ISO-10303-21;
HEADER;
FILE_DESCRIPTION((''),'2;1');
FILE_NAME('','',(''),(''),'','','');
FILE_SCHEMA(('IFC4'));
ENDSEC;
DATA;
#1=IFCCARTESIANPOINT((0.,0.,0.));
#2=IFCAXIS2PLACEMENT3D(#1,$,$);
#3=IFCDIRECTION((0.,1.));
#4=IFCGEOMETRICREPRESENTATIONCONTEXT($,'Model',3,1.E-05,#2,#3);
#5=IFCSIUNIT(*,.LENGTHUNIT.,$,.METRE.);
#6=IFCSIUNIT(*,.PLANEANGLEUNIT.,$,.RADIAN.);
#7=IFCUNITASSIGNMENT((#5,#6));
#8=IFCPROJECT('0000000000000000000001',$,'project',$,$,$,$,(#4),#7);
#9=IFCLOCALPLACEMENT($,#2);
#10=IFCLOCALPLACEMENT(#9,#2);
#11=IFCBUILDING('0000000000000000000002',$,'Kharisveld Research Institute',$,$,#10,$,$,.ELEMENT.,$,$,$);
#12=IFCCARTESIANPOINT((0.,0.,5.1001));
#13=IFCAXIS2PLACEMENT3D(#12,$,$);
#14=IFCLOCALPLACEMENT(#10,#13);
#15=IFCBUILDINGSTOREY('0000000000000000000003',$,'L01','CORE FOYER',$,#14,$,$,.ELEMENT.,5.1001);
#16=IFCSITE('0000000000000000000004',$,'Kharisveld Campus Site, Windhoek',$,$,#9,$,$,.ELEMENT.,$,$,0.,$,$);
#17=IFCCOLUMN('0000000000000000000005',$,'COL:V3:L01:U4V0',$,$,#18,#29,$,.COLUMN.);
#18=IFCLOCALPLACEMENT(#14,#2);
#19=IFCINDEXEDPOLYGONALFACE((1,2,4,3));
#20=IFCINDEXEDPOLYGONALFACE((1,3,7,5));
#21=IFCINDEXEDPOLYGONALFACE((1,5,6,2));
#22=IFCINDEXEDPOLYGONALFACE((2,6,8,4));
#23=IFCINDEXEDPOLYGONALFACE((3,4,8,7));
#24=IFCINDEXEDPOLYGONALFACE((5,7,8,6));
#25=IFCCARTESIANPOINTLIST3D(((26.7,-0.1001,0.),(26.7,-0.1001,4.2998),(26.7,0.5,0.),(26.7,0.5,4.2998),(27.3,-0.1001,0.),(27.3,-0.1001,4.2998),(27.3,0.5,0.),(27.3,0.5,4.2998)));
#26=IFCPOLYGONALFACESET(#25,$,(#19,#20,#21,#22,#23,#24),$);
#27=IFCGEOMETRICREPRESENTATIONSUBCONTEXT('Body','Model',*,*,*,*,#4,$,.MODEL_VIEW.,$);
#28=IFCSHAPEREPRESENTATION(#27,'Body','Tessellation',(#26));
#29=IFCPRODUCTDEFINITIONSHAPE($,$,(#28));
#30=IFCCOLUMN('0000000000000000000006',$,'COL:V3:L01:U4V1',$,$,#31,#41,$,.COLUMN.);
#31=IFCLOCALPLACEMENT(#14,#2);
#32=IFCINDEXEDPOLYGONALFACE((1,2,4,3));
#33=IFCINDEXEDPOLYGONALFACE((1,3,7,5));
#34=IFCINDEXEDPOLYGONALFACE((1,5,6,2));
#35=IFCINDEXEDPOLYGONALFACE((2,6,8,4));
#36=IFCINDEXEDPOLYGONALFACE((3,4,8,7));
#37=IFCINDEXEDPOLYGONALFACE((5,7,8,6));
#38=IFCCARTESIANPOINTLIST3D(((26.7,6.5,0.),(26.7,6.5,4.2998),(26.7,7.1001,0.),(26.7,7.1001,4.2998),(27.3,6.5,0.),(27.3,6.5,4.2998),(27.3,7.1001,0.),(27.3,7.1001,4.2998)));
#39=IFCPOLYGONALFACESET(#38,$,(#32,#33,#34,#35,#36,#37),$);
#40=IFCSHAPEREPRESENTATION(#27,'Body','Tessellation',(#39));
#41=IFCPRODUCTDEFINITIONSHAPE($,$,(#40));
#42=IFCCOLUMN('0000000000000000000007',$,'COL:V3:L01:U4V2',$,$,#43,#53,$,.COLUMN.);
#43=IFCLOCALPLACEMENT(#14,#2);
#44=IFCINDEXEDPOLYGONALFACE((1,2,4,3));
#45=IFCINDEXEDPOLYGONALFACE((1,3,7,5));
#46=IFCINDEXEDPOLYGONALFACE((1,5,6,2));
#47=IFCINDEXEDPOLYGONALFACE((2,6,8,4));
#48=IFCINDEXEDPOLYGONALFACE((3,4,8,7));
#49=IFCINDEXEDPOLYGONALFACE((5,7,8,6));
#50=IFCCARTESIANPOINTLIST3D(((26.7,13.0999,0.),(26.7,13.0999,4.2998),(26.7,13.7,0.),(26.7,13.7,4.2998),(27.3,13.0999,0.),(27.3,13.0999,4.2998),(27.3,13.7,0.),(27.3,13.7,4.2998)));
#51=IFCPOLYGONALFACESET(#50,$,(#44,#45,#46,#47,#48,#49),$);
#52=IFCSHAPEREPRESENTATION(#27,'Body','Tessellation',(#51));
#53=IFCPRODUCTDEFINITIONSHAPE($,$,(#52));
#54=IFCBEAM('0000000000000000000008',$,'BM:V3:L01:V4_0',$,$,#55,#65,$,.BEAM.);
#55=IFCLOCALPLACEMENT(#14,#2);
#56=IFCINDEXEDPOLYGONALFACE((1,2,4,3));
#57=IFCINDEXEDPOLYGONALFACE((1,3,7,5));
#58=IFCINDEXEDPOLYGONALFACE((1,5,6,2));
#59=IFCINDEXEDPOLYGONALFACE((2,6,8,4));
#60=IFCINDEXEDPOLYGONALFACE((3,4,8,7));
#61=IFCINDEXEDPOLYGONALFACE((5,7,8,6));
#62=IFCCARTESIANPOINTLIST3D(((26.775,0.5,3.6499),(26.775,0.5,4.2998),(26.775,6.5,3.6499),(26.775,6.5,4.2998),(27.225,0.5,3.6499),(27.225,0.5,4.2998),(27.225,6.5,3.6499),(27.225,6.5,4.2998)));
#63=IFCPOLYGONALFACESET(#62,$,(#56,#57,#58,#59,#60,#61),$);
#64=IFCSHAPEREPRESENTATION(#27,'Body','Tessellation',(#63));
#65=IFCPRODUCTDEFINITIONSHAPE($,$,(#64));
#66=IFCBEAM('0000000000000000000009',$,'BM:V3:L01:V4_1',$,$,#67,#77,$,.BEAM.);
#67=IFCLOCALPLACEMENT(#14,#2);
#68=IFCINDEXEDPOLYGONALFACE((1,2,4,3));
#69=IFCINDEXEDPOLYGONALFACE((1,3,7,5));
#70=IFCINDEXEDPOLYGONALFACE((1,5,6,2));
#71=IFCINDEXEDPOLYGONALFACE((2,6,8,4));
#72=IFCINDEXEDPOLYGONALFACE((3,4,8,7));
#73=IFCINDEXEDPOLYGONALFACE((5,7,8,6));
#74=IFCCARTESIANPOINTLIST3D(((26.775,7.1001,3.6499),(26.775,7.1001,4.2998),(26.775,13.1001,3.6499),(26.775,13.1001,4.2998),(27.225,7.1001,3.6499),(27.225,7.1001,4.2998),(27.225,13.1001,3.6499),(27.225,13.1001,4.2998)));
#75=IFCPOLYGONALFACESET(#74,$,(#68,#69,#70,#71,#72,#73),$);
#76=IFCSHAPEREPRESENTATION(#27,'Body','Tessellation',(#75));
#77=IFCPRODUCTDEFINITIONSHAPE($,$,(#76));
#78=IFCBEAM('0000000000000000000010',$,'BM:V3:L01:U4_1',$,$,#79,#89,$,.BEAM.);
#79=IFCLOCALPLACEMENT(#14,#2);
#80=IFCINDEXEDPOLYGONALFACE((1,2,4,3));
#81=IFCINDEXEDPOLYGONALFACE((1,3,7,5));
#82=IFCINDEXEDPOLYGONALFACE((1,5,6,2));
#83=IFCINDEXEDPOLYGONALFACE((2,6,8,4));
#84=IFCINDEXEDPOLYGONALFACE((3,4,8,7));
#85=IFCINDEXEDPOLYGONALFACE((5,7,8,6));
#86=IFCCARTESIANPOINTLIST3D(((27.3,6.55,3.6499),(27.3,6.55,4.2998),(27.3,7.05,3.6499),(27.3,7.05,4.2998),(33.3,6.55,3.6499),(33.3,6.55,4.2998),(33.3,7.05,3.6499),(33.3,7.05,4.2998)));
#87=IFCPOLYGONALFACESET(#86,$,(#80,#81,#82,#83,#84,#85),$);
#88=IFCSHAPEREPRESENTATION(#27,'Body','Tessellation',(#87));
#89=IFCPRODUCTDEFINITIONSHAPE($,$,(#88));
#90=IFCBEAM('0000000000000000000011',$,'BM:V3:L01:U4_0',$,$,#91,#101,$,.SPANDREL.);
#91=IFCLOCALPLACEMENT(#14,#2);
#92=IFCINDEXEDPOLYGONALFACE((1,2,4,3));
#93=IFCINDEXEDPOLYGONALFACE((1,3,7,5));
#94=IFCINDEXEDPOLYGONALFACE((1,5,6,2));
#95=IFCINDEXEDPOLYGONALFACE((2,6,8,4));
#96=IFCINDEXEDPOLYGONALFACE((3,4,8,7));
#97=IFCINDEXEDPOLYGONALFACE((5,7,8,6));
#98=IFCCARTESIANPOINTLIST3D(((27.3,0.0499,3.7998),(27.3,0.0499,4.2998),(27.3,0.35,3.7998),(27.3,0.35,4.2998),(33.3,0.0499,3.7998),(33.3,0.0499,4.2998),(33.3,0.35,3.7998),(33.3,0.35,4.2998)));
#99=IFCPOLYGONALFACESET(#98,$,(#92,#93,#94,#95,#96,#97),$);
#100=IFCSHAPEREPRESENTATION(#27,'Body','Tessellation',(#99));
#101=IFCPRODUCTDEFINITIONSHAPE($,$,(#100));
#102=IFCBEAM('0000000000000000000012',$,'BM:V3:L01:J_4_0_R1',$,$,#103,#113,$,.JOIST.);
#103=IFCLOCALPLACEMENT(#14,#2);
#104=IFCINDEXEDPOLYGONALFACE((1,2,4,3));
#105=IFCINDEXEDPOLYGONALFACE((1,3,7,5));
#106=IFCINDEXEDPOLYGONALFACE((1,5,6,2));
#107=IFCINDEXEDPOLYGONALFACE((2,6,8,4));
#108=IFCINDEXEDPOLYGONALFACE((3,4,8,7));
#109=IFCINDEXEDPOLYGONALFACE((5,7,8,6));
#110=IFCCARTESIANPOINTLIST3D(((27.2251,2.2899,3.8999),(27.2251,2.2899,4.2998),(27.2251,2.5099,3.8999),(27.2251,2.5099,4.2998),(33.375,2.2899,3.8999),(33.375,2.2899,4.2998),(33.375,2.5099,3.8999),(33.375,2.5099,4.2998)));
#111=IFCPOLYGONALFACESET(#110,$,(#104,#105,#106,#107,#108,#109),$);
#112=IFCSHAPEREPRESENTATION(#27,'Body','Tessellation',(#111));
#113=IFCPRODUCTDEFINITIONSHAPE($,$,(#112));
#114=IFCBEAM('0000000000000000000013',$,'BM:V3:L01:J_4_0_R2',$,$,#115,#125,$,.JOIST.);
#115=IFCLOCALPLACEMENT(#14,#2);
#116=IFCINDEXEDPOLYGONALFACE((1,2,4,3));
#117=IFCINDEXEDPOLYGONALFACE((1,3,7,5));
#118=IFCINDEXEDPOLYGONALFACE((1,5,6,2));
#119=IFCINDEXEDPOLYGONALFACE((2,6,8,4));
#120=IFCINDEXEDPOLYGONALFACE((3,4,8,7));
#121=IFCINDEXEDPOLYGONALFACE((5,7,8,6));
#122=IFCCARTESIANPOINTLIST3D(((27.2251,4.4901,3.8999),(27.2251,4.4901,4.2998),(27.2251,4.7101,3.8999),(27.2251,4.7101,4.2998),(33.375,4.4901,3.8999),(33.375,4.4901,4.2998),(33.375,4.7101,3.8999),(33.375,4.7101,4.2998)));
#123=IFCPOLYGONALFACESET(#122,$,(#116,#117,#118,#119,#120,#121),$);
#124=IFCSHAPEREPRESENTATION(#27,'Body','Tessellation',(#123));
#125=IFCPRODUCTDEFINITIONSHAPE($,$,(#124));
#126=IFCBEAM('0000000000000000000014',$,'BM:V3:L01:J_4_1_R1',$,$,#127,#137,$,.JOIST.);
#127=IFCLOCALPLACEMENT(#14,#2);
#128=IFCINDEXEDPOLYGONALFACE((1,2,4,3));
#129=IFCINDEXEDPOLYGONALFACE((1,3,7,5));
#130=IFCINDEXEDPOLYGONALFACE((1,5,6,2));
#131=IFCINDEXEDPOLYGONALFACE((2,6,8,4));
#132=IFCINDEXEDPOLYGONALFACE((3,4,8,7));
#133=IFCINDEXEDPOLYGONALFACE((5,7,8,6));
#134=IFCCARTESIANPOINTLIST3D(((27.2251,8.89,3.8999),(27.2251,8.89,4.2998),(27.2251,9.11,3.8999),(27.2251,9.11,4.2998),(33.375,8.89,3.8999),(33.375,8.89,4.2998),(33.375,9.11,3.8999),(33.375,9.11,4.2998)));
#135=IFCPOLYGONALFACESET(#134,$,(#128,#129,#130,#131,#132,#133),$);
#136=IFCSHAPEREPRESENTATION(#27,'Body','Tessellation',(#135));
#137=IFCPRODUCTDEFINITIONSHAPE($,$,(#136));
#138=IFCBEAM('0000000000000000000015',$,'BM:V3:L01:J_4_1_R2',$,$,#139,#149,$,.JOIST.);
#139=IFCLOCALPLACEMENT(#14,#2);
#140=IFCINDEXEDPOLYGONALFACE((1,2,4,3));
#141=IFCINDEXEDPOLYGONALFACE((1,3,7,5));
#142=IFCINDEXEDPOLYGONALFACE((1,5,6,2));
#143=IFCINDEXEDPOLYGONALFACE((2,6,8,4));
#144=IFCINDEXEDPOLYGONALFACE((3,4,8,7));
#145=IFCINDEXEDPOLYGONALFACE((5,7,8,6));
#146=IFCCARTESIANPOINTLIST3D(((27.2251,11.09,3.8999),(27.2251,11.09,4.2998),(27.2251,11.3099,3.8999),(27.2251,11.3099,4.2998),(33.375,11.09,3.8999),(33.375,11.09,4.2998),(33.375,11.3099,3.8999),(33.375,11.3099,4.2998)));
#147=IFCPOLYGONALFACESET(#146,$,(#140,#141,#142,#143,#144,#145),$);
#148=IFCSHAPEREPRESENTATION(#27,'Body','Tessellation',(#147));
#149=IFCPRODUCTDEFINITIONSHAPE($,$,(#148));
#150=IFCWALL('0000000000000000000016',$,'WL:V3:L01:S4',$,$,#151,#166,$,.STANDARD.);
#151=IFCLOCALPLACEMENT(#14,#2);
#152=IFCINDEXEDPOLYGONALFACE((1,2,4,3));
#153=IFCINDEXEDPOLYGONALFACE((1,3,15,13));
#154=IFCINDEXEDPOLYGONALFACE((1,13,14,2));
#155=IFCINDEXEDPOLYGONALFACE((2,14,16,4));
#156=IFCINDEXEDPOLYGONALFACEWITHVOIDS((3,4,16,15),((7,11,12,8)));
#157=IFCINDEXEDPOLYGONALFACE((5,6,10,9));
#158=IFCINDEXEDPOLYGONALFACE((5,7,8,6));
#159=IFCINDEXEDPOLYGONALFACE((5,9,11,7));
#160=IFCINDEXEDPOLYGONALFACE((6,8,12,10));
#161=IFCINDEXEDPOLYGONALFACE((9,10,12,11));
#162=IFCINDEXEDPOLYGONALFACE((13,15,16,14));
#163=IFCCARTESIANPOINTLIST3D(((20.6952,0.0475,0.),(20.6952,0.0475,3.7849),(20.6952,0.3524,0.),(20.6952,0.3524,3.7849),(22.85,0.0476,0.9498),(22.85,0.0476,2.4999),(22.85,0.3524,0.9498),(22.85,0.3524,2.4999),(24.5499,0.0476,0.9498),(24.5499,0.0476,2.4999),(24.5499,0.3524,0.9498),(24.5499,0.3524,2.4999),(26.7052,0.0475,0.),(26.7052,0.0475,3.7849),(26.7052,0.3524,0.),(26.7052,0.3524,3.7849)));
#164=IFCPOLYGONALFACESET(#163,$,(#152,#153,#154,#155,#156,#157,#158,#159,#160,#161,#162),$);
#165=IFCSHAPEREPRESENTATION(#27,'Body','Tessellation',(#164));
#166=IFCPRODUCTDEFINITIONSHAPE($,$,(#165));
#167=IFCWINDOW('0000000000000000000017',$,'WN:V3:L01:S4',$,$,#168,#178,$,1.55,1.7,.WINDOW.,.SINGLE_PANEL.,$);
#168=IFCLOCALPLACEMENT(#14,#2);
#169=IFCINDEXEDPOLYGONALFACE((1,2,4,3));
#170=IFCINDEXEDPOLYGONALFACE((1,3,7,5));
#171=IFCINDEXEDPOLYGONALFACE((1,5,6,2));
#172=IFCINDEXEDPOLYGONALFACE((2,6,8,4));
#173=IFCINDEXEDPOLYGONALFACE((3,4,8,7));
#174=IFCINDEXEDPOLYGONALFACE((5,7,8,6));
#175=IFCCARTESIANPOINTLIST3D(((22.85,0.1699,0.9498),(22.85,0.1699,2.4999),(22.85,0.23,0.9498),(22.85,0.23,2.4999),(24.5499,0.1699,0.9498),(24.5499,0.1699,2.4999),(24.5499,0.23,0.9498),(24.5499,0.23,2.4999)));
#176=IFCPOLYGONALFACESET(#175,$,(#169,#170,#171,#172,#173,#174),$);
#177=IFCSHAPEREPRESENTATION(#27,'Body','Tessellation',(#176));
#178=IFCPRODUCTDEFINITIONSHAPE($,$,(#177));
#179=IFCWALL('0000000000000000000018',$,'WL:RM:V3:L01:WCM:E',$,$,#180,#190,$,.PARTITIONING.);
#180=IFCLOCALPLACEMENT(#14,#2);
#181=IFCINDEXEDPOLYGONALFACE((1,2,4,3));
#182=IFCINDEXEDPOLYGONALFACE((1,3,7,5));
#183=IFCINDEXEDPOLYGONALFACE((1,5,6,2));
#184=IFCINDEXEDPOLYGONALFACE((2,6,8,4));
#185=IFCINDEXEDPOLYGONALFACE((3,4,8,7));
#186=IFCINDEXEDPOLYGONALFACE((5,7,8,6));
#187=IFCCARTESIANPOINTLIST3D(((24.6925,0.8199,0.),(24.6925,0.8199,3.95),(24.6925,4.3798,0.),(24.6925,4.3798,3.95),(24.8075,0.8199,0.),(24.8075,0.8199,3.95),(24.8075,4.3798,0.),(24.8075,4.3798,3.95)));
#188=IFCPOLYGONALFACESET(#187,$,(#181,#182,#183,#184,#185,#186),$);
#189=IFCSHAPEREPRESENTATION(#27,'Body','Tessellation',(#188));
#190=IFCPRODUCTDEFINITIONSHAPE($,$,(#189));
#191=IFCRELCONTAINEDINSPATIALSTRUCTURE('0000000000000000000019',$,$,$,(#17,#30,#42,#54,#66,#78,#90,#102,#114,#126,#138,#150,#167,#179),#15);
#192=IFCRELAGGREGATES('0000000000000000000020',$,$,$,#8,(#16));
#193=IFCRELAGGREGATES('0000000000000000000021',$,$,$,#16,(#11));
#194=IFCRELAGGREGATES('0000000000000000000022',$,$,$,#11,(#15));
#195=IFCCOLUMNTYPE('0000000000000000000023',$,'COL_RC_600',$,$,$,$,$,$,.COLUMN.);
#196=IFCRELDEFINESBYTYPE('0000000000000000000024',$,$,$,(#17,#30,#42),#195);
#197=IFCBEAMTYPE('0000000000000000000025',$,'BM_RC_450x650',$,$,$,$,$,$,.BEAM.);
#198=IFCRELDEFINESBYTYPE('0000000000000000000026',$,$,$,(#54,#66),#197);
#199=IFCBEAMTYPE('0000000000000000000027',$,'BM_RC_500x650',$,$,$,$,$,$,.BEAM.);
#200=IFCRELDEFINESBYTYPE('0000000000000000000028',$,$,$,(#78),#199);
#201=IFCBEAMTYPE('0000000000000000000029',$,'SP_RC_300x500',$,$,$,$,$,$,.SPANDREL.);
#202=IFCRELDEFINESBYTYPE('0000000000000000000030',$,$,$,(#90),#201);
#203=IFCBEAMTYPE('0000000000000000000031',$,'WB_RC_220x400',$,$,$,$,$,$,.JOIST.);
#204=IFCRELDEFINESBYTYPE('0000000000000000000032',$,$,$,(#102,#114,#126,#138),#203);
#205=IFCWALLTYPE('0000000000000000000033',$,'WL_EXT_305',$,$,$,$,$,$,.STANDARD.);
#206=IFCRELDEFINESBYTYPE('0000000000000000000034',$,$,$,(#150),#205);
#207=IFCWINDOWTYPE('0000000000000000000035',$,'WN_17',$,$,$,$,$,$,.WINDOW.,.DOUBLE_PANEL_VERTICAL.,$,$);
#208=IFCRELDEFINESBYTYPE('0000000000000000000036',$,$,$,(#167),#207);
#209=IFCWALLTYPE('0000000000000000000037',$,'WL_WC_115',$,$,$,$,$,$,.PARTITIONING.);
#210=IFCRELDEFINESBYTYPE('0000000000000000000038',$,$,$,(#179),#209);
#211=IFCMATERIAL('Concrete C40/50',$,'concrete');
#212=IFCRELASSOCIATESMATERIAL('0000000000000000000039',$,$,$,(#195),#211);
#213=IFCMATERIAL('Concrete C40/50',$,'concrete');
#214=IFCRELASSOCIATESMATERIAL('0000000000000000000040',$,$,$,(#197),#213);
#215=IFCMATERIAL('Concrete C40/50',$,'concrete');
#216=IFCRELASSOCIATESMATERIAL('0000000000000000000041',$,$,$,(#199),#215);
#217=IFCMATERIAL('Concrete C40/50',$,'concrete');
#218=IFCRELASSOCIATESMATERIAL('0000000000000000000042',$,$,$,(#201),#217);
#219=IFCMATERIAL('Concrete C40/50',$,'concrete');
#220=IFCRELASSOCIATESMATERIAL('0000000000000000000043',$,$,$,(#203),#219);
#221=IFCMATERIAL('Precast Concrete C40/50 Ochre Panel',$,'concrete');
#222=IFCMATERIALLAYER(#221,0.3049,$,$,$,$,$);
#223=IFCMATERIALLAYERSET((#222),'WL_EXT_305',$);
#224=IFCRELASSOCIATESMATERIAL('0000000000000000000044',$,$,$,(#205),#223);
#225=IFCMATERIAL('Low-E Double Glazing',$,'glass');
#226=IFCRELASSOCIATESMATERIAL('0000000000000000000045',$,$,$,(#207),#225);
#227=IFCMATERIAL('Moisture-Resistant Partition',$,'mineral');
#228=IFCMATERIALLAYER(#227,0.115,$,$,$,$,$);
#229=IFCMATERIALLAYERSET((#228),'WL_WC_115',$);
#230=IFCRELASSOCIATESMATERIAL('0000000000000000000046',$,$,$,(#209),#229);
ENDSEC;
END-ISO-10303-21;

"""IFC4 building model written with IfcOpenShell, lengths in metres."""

from ifc_helpers import new_model, si_unit, direction, frame, frame_2d, origin, origin_2d, place, context, subcontext, project, spatial, rectangle, extrude, material, layer, layer_set, material_profile, profile_set, type_object, element, fill, save


model = new_model("IFC4")

# Units and contexts
model_context = context("Model", 3, precision=1e-05, world=origin(), true_north=direction((0.0, 1.0)))
body_context = subcontext(model_context, "Body", "Model", "MODEL_VIEW")
ifc_project = project(units=[si_unit("LENGTHUNIT", "METRE"), si_unit("PLANEANGLEUNIT", "RADIAN")], contexts=[model_context])

# Site, building, storey
site_placement = place(None, origin())
site = spatial("IfcSite", under=ifc_project, at=site_placement, Name="Kharisveld Campus Site, Windhoek", CompositionType="ELEMENT", RefElevation=0.0)
building_placement = place(site_placement, origin())
building = spatial("IfcBuilding", under=site, at=building_placement, Name="Kharisveld Research Institute", CompositionType="ELEMENT")
storey_placement = place(building_placement, frame((0.0, 0.0, 5.1001)))
storey = spatial("IfcBuildingStorey", under=building, at=storey_placement, Name="L01", Description="CORE FOYER", CompositionType="ELEMENT", Elevation=5.1001)

# Columns
ifc_material_1 = material(Name="Concrete C40/50", Category="concrete")
ifc_material_profile_1 = material_profile(ifc_material_1, rectangle(XDim=0.6001, YDim=0.6001, at=origin_2d()))
ifc_profile_set_1 = profile_set([ifc_material_profile_1], Name="Concrete C40/50")
column_type = type_object("IfcColumnType", Name="COL_RC_600", PredefinedType="COLUMN", material=ifc_profile_set_1)
for number, where, z_axis, x_axis, name in (
    (1, (27.0, 0.2, 0.0), (0.0, 0.0, 1.0), (1.0, 0.0, 0.0), "COL:V3:L01:U4V0"),
    (2, (27.0, 6.8, 0.0), (0.0, 0.0, 1.0), (1.0, 0.0, 0.0), "COL:V3:L01:U4V1"),
    (3, (27.0, 13.3999, 0.0), (0.0, 0.0, 1.0), (1.0, 0.0, 0.0), "COL:V3:L01:U4V2"),
):
    element("IfcColumn", number, at=place(storey_placement, frame(where, z_axis=z_axis, x_axis=x_axis)), inside=storey, type_object=column_type, Name=name, PredefinedType="COLUMN", context=body_context, shape_type="SweptSolid", body=[
        extrude(rectangle(XDim=0.6001, YDim=0.6001, at=origin_2d()), origin(), (0.0, 0.0, 1.0), 4.2998),
    ])

# Beams
ifc_material_2 = material(Name="Concrete C40/50", Category="concrete")
ifc_material_profile_2 = material_profile(ifc_material_2, rectangle(XDim=0.45, YDim=0.6499, at=origin_2d()))
ifc_profile_set_2 = profile_set([ifc_material_profile_2], Name="Concrete C40/50")
beam_type_1 = type_object("IfcBeamType", Name="BM_RC_450x650", PredefinedType="BEAM", material=ifc_profile_set_2)
for number, where, z_axis, x_axis, name in (
    (4, (27.0, 0.5, 3.9749), (0.0, 1.0, 0.0), (-1.0, 0.0, 0.0), "BM:V3:L01:V4_0"),
    (5, (27.0, 7.1001, 3.9749), (0.0, 1.0, 0.0), (-1.0, 0.0, 0.0), "BM:V3:L01:V4_1"),
):
    element("IfcBeam", number, at=place(storey_placement, frame(where, z_axis=z_axis, x_axis=x_axis)), inside=storey, type_object=beam_type_1, Name=name, PredefinedType="BEAM", context=body_context, shape_type="SweptSolid", body=[
        extrude(rectangle(XDim=0.45, YDim=0.6499, at=origin_2d()), origin(), (0.0, 0.0, 1.0), 6.0),
    ])
ifc_material_3 = material(Name="Concrete C40/50", Category="concrete")
ifc_material_profile_3 = material_profile(ifc_material_3, rectangle(XDim=0.5, YDim=0.6499, at=origin_2d()))
ifc_profile_set_3 = profile_set([ifc_material_profile_3], Name="Concrete C40/50")
beam_type_2 = type_object("IfcBeamType", Name="BM_RC_500x650", PredefinedType="BEAM", material=ifc_profile_set_3)
beam_1_placement = place(storey_placement, frame((27.3, 6.8, 3.9749), z_axis=(1.0, 0.0, 0.0), x_axis=(0.0, 1.0, 0.0)))
element("IfcBeam", 6, at=beam_1_placement, inside=storey, type_object=beam_type_2, Name="BM:V3:L01:U4_1", PredefinedType="BEAM", context=body_context, shape_type="SweptSolid", body=[
    extrude(rectangle(XDim=0.5, YDim=0.6499, at=origin_2d()), origin(), (0.0, 0.0, 1.0), 6.0),
])
ifc_material_4 = material(Name="Concrete C40/50", Category="concrete")
ifc_material_profile_4 = material_profile(ifc_material_4, rectangle(XDim=0.3, YDim=0.5, at=origin_2d()))
ifc_profile_set_4 = profile_set([ifc_material_profile_4], Name="Concrete C40/50")
beam_type_3 = type_object("IfcBeamType", Name="SP_RC_300x500", PredefinedType="SPANDREL", material=ifc_profile_set_4)
beam_2_placement = place(storey_placement, frame((27.3, 0.2, 4.0498), z_axis=(1.0, 0.0, 0.0), x_axis=(0.0, 1.0, 0.0)))
element("IfcBeam", 7, at=beam_2_placement, inside=storey, type_object=beam_type_3, Name="BM:V3:L01:U4_0", PredefinedType="SPANDREL", context=body_context, shape_type="SweptSolid", body=[
    extrude(rectangle(XDim=0.3, YDim=0.5, at=origin_2d()), origin(), (0.0, 0.0, 1.0), 6.0),
])
ifc_material_5 = material(Name="Concrete C40/50", Category="concrete")
ifc_material_profile_5 = material_profile(ifc_material_5, rectangle(XDim=0.22, YDim=0.3999, at=origin_2d()))
ifc_profile_set_5 = profile_set([ifc_material_profile_5], Name="Concrete C40/50")
beam_type_4 = type_object("IfcBeamType", Name="WB_RC_220x400", PredefinedType="JOIST", material=ifc_profile_set_5)
for number, where, z_axis, x_axis, name in (
    (8, (27.2251, 2.3999, 4.0999), (1.0, 0.0, 0.0), (0.0, 1.0, 0.0), "BM:V3:L01:J_4_0_R1"),
    (9, (27.2251, 4.6001, 4.0999), (1.0, 0.0, 0.0), (0.0, 1.0, 0.0), "BM:V3:L01:J_4_0_R2"),
    (10, (27.2251, 9.0, 4.0999), (1.0, 0.0, 0.0), (0.0, 1.0, 0.0), "BM:V3:L01:J_4_1_R1"),
    (11, (27.2251, 11.2, 4.0999), (1.0, 0.0, 0.0), (0.0, 1.0, 0.0), "BM:V3:L01:J_4_1_R2"),
):
    element("IfcBeam", number, at=place(storey_placement, frame(where, z_axis=z_axis, x_axis=x_axis)), inside=storey, type_object=beam_type_4, Name=name, PredefinedType="JOIST", context=body_context, shape_type="SweptSolid", body=[
        extrude(rectangle(XDim=0.22, YDim=0.3999, at=origin_2d()), origin(), (0.0, 0.0, 1.0), 6.1499),
    ])

# Wall, opening, window
ifc_material_6 = material(Name="Precast Concrete C40/50 Ochre Panel", Category="concrete")
ifc_layer_1 = layer(ifc_material_6, 0.3049)
ifc_layer_set_1 = layer_set([ifc_layer_1], Name="WL_EXT_305")
wall_type_1 = type_object("IfcWallType", Name="WL_EXT_305", PredefinedType="STANDARD", material=ifc_layer_set_1)
wall_1_placement = place(storey_placement, frame((26.7051, 0.2, 0.0), z_axis=(0.0, 0.0, 1.0), x_axis=(-1.0, 0.0, 0.0)))
wall_1 = element("IfcWall", 12, at=wall_1_placement, inside=storey, type_object=wall_type_1, Name="WL:V3:L01:S4", PredefinedType="STANDARD", context=body_context, shape_type="SweptSolid", body=[
    extrude(rectangle(XDim=6.01, YDim=0.3049, at=frame_2d((3.0049, 0.0))), origin(), (0.0, 0.0, 1.0), 3.7849),
])
opening_1_placement = place(wall_1_placement, frame((2.155, 0.0, 0.95)))
opening_1 = element("IfcOpeningElement", 13, at=opening_1_placement, cuts=wall_1, PredefinedType="OPENING", context=body_context, shape_type="SweptSolid", body=[
    extrude(rectangle(XDim=1.7, YDim=1.55, at=frame_2d((0.8501, 0.7749))), frame((0.0, 0.1523, 0.0), z_axis=(0.0, -1.0, 0.0), x_axis=(1.0, 0.0, 0.0)), (0.0, 0.0, 1.0), 0.3049),
])
ifc_material_7 = material(Name="Low-E Double Glazing", Category="glass")
window_type = type_object("IfcWindowType", Name="WN_17", PartitioningType="DOUBLE_PANEL_VERTICAL", PredefinedType="WINDOW", material=ifc_material_7)
window_placement = place(opening_1_placement, origin())
window = element("IfcWindow", 14, at=window_placement, inside=storey, type_object=window_type, Name="WN:V3:L01:S4", OverallHeight=1.55, OverallWidth=1.7, PartitioningType="SINGLE_PANEL", PredefinedType="WINDOW", context=body_context, shape_type="SweptSolid", body=[
    extrude(rectangle(XDim=1.7, YDim=1.55, at=frame_2d((0.8501, 0.7749))), frame((0.0, 0.03, 0.0), z_axis=(0.0, -1.0, 0.0), x_axis=(1.0, 0.0, 0.0)), (0.0, 0.0, 1.0), 0.0601),
])
fill(opening_1, window)

# Wall
ifc_material_8 = material(Name="Moisture-Resistant Partition", Category="mineral")
ifc_layer_2 = layer(ifc_material_8, 0.115)
ifc_layer_set_2 = layer_set([ifc_layer_2], Name="WL_WC_115")
wall_type_2 = type_object("IfcWallType", Name="WL_WC_115", PredefinedType="PARTITIONING", material=ifc_layer_set_2)
wall_2_placement = place(storey_placement, frame((24.75, 0.8201, 0.0), z_axis=(0.0, 0.0, 1.0), x_axis=(0.0, 1.0, 0.0)))
element("IfcWall", 15, at=wall_2_placement, inside=storey, type_object=wall_type_2, Name="WL:RM:V3:L01:WCM:E", PredefinedType="PARTITIONING", context=body_context, shape_type="SweptSolid", body=[
    extrude(rectangle(XDim=3.5598, YDim=0.115, at=frame_2d((1.7798, 0.0))), origin(), (0.0, 0.0, 1.0), 3.95),
])

save(model, "model.ifc")
